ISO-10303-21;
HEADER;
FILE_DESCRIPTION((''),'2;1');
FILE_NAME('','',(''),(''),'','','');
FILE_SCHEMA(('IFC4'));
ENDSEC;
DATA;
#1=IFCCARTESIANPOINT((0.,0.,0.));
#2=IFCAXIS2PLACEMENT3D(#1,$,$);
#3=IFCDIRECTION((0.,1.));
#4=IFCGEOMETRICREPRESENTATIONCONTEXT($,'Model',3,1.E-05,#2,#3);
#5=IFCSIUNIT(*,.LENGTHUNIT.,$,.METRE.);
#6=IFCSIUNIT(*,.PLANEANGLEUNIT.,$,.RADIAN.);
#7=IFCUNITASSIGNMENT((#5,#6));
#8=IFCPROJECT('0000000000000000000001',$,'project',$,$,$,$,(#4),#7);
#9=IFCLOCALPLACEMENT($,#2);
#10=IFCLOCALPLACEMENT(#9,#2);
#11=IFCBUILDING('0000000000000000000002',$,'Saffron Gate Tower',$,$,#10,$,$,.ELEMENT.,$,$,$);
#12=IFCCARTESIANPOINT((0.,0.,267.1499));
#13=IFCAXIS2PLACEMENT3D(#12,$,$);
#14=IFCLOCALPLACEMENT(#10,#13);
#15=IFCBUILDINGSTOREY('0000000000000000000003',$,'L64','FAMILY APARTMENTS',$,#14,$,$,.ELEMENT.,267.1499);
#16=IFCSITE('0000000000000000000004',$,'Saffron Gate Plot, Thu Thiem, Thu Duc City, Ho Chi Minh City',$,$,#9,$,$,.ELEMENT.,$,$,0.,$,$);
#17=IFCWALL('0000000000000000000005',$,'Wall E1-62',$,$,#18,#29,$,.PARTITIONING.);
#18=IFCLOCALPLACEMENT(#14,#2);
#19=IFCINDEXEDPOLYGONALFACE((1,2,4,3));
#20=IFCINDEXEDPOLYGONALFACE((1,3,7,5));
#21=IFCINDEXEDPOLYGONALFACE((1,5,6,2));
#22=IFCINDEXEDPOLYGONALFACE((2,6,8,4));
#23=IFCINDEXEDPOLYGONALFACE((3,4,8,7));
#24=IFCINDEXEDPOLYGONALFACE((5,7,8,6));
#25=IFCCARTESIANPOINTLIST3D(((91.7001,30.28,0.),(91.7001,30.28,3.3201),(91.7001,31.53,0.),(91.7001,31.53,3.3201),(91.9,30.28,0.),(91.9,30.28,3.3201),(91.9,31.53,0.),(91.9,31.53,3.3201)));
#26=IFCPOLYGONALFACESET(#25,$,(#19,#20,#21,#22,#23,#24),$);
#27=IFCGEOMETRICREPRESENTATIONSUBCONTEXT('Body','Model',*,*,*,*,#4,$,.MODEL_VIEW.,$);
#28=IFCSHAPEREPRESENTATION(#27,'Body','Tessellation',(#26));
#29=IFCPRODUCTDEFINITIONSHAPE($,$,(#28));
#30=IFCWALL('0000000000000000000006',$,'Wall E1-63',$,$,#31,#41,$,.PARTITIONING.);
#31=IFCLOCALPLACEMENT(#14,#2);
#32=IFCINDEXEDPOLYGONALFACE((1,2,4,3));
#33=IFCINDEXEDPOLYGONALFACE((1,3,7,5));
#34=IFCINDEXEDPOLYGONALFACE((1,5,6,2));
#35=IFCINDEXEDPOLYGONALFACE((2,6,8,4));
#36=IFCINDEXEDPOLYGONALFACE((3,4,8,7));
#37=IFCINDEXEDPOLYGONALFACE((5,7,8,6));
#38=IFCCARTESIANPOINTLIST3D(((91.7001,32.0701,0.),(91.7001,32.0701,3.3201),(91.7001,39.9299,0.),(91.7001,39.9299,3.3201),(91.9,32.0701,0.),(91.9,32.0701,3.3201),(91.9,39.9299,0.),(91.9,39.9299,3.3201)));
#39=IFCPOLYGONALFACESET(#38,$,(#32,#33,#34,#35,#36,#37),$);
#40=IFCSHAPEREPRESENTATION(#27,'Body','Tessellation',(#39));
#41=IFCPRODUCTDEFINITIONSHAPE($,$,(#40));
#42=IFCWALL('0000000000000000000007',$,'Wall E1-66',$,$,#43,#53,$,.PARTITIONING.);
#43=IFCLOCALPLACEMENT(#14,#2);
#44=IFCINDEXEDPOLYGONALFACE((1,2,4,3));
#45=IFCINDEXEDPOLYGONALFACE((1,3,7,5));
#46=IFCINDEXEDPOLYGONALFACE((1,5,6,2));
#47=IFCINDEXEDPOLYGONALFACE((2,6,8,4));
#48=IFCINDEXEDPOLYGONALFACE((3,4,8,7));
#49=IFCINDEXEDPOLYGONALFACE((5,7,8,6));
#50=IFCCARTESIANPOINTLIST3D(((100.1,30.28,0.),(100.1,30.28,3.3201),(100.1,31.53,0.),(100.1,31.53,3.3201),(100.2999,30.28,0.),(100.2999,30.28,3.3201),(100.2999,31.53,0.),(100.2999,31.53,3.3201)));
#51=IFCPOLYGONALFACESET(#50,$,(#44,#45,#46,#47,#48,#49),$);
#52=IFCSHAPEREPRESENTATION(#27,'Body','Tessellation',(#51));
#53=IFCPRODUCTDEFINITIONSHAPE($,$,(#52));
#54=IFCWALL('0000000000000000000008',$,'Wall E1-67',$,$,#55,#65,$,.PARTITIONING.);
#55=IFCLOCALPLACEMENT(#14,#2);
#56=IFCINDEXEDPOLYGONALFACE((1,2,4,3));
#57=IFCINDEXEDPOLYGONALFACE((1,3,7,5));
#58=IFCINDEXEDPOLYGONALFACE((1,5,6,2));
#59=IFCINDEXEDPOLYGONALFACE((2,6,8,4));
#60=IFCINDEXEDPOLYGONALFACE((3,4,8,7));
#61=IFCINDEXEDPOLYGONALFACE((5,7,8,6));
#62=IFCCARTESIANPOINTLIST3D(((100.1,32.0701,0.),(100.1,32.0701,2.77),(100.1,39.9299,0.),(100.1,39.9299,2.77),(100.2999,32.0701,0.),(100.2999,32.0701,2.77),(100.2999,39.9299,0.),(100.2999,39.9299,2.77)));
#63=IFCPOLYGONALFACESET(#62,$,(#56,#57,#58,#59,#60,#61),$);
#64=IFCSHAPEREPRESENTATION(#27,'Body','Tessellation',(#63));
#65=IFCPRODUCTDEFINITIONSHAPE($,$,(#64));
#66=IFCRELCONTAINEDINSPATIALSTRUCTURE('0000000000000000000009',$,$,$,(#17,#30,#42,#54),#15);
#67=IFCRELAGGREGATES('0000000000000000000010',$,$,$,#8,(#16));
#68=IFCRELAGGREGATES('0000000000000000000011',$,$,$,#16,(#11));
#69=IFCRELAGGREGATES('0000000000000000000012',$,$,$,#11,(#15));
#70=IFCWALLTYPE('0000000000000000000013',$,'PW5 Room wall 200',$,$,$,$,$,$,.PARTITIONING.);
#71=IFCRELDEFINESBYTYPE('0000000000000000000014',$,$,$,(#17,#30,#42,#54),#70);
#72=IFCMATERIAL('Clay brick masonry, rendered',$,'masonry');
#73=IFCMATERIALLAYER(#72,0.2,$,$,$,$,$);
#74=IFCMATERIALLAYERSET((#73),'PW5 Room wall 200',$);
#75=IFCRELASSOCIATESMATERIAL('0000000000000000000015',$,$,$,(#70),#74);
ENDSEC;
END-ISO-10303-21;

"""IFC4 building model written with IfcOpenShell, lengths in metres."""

from ifc_helpers import new_model, si_unit, direction, frame, frame_2d, origin, place, context, subcontext, project, spatial, rectangle, extrude, material, layer, layer_set, type_object, element, save


model = new_model("IFC4")

# Units and contexts
model_context = context("Model", 3, precision=1e-05, world=origin(), true_north=direction((0.0, 1.0)))
body_context = subcontext(model_context, "Body", "Model", "MODEL_VIEW")
ifc_project = project(units=[si_unit("LENGTHUNIT", "METRE"), si_unit("PLANEANGLEUNIT", "RADIAN")], contexts=[model_context])

# Site, building, storey
site_placement = place(None, origin())
site = spatial("IfcSite", under=ifc_project, at=site_placement, Name="Saffron Gate Plot, Thu Thiem, Thu Duc City, Ho Chi Minh City", CompositionType="ELEMENT", RefElevation=0.0)
building_placement = place(site_placement, origin())
building = spatial("IfcBuilding", under=site, at=building_placement, Name="Saffron Gate Tower", CompositionType="ELEMENT")
storey_placement = place(building_placement, frame((0.0, 0.0, 267.1499)))
storey = spatial("IfcBuildingStorey", under=building, at=storey_placement, Name="L64", Description="FAMILY APARTMENTS", CompositionType="ELEMENT", Elevation=267.1499)

# Walls
ifc_material_1 = material(Name="Clay brick masonry, rendered", Category="masonry")
ifc_layer_1 = layer(ifc_material_1, 0.2)
ifc_layer_set_1 = layer_set([ifc_layer_1], Name="PW5 Room wall 200")
wall_type_1 = type_object("IfcWallType", Name="PW5 Room wall 200", PredefinedType="PARTITIONING", material=ifc_layer_set_1)
wall_1_placement = place(storey_placement, frame((91.8, 31.53, 0.0), z_axis=(0.0, 0.0, 1.0), x_axis=(0.0, -1.0, 0.0)))
element("IfcWall", 1, at=wall_1_placement, inside=storey, type_object=wall_type_1, Name="Wall E1-62", PredefinedType="PARTITIONING", context=body_context, shape_type="SweptSolid", body=[
    extrude(rectangle(XDim=1.25, YDim=0.2, at=frame_2d((0.625, 0.0))), origin(), (0.0, 0.0, 1.0), 3.3201),
])
wall_2_placement = place(storey_placement, frame((91.8, 39.9299, 0.0), z_axis=(0.0, 0.0, 1.0), x_axis=(0.0, -1.0, 0.0)))
element("IfcWall", 2, at=wall_2_placement, inside=storey, type_object=wall_type_1, Name="Wall E1-63", PredefinedType="PARTITIONING", context=body_context, shape_type="SweptSolid", body=[
    extrude(rectangle(XDim=7.8599, YDim=0.2, at=frame_2d((3.9299, 0.0))), origin(), (0.0, 0.0, 1.0), 3.3201),
])
wall_3_placement = place(storey_placement, frame((100.2, 31.53, 0.0), z_axis=(0.0, 0.0, 1.0), x_axis=(0.0, -1.0, 0.0)))
element("IfcWall", 3, at=wall_3_placement, inside=storey, type_object=wall_type_1, Name="Wall E1-66", PredefinedType="PARTITIONING", context=body_context, shape_type="SweptSolid", body=[
    extrude(rectangle(XDim=1.25, YDim=0.2, at=frame_2d((0.625, 0.0))), origin(), (0.0, 0.0, 1.0), 3.3201),
])
wall_4_placement = place(storey_placement, frame((100.2, 39.9299, 0.0), z_axis=(0.0, 0.0, 1.0), x_axis=(0.0, -1.0, 0.0)))
element("IfcWall", 4, at=wall_4_placement, inside=storey, type_object=wall_type_1, Name="Wall E1-67", PredefinedType="PARTITIONING", context=body_context, shape_type="SweptSolid", body=[
    extrude(rectangle(XDim=7.8599, YDim=0.2, at=frame_2d((3.9299, 0.0))), origin(), (0.0, 0.0, 1.0), 2.77),
])

save(model, "model.ifc")
